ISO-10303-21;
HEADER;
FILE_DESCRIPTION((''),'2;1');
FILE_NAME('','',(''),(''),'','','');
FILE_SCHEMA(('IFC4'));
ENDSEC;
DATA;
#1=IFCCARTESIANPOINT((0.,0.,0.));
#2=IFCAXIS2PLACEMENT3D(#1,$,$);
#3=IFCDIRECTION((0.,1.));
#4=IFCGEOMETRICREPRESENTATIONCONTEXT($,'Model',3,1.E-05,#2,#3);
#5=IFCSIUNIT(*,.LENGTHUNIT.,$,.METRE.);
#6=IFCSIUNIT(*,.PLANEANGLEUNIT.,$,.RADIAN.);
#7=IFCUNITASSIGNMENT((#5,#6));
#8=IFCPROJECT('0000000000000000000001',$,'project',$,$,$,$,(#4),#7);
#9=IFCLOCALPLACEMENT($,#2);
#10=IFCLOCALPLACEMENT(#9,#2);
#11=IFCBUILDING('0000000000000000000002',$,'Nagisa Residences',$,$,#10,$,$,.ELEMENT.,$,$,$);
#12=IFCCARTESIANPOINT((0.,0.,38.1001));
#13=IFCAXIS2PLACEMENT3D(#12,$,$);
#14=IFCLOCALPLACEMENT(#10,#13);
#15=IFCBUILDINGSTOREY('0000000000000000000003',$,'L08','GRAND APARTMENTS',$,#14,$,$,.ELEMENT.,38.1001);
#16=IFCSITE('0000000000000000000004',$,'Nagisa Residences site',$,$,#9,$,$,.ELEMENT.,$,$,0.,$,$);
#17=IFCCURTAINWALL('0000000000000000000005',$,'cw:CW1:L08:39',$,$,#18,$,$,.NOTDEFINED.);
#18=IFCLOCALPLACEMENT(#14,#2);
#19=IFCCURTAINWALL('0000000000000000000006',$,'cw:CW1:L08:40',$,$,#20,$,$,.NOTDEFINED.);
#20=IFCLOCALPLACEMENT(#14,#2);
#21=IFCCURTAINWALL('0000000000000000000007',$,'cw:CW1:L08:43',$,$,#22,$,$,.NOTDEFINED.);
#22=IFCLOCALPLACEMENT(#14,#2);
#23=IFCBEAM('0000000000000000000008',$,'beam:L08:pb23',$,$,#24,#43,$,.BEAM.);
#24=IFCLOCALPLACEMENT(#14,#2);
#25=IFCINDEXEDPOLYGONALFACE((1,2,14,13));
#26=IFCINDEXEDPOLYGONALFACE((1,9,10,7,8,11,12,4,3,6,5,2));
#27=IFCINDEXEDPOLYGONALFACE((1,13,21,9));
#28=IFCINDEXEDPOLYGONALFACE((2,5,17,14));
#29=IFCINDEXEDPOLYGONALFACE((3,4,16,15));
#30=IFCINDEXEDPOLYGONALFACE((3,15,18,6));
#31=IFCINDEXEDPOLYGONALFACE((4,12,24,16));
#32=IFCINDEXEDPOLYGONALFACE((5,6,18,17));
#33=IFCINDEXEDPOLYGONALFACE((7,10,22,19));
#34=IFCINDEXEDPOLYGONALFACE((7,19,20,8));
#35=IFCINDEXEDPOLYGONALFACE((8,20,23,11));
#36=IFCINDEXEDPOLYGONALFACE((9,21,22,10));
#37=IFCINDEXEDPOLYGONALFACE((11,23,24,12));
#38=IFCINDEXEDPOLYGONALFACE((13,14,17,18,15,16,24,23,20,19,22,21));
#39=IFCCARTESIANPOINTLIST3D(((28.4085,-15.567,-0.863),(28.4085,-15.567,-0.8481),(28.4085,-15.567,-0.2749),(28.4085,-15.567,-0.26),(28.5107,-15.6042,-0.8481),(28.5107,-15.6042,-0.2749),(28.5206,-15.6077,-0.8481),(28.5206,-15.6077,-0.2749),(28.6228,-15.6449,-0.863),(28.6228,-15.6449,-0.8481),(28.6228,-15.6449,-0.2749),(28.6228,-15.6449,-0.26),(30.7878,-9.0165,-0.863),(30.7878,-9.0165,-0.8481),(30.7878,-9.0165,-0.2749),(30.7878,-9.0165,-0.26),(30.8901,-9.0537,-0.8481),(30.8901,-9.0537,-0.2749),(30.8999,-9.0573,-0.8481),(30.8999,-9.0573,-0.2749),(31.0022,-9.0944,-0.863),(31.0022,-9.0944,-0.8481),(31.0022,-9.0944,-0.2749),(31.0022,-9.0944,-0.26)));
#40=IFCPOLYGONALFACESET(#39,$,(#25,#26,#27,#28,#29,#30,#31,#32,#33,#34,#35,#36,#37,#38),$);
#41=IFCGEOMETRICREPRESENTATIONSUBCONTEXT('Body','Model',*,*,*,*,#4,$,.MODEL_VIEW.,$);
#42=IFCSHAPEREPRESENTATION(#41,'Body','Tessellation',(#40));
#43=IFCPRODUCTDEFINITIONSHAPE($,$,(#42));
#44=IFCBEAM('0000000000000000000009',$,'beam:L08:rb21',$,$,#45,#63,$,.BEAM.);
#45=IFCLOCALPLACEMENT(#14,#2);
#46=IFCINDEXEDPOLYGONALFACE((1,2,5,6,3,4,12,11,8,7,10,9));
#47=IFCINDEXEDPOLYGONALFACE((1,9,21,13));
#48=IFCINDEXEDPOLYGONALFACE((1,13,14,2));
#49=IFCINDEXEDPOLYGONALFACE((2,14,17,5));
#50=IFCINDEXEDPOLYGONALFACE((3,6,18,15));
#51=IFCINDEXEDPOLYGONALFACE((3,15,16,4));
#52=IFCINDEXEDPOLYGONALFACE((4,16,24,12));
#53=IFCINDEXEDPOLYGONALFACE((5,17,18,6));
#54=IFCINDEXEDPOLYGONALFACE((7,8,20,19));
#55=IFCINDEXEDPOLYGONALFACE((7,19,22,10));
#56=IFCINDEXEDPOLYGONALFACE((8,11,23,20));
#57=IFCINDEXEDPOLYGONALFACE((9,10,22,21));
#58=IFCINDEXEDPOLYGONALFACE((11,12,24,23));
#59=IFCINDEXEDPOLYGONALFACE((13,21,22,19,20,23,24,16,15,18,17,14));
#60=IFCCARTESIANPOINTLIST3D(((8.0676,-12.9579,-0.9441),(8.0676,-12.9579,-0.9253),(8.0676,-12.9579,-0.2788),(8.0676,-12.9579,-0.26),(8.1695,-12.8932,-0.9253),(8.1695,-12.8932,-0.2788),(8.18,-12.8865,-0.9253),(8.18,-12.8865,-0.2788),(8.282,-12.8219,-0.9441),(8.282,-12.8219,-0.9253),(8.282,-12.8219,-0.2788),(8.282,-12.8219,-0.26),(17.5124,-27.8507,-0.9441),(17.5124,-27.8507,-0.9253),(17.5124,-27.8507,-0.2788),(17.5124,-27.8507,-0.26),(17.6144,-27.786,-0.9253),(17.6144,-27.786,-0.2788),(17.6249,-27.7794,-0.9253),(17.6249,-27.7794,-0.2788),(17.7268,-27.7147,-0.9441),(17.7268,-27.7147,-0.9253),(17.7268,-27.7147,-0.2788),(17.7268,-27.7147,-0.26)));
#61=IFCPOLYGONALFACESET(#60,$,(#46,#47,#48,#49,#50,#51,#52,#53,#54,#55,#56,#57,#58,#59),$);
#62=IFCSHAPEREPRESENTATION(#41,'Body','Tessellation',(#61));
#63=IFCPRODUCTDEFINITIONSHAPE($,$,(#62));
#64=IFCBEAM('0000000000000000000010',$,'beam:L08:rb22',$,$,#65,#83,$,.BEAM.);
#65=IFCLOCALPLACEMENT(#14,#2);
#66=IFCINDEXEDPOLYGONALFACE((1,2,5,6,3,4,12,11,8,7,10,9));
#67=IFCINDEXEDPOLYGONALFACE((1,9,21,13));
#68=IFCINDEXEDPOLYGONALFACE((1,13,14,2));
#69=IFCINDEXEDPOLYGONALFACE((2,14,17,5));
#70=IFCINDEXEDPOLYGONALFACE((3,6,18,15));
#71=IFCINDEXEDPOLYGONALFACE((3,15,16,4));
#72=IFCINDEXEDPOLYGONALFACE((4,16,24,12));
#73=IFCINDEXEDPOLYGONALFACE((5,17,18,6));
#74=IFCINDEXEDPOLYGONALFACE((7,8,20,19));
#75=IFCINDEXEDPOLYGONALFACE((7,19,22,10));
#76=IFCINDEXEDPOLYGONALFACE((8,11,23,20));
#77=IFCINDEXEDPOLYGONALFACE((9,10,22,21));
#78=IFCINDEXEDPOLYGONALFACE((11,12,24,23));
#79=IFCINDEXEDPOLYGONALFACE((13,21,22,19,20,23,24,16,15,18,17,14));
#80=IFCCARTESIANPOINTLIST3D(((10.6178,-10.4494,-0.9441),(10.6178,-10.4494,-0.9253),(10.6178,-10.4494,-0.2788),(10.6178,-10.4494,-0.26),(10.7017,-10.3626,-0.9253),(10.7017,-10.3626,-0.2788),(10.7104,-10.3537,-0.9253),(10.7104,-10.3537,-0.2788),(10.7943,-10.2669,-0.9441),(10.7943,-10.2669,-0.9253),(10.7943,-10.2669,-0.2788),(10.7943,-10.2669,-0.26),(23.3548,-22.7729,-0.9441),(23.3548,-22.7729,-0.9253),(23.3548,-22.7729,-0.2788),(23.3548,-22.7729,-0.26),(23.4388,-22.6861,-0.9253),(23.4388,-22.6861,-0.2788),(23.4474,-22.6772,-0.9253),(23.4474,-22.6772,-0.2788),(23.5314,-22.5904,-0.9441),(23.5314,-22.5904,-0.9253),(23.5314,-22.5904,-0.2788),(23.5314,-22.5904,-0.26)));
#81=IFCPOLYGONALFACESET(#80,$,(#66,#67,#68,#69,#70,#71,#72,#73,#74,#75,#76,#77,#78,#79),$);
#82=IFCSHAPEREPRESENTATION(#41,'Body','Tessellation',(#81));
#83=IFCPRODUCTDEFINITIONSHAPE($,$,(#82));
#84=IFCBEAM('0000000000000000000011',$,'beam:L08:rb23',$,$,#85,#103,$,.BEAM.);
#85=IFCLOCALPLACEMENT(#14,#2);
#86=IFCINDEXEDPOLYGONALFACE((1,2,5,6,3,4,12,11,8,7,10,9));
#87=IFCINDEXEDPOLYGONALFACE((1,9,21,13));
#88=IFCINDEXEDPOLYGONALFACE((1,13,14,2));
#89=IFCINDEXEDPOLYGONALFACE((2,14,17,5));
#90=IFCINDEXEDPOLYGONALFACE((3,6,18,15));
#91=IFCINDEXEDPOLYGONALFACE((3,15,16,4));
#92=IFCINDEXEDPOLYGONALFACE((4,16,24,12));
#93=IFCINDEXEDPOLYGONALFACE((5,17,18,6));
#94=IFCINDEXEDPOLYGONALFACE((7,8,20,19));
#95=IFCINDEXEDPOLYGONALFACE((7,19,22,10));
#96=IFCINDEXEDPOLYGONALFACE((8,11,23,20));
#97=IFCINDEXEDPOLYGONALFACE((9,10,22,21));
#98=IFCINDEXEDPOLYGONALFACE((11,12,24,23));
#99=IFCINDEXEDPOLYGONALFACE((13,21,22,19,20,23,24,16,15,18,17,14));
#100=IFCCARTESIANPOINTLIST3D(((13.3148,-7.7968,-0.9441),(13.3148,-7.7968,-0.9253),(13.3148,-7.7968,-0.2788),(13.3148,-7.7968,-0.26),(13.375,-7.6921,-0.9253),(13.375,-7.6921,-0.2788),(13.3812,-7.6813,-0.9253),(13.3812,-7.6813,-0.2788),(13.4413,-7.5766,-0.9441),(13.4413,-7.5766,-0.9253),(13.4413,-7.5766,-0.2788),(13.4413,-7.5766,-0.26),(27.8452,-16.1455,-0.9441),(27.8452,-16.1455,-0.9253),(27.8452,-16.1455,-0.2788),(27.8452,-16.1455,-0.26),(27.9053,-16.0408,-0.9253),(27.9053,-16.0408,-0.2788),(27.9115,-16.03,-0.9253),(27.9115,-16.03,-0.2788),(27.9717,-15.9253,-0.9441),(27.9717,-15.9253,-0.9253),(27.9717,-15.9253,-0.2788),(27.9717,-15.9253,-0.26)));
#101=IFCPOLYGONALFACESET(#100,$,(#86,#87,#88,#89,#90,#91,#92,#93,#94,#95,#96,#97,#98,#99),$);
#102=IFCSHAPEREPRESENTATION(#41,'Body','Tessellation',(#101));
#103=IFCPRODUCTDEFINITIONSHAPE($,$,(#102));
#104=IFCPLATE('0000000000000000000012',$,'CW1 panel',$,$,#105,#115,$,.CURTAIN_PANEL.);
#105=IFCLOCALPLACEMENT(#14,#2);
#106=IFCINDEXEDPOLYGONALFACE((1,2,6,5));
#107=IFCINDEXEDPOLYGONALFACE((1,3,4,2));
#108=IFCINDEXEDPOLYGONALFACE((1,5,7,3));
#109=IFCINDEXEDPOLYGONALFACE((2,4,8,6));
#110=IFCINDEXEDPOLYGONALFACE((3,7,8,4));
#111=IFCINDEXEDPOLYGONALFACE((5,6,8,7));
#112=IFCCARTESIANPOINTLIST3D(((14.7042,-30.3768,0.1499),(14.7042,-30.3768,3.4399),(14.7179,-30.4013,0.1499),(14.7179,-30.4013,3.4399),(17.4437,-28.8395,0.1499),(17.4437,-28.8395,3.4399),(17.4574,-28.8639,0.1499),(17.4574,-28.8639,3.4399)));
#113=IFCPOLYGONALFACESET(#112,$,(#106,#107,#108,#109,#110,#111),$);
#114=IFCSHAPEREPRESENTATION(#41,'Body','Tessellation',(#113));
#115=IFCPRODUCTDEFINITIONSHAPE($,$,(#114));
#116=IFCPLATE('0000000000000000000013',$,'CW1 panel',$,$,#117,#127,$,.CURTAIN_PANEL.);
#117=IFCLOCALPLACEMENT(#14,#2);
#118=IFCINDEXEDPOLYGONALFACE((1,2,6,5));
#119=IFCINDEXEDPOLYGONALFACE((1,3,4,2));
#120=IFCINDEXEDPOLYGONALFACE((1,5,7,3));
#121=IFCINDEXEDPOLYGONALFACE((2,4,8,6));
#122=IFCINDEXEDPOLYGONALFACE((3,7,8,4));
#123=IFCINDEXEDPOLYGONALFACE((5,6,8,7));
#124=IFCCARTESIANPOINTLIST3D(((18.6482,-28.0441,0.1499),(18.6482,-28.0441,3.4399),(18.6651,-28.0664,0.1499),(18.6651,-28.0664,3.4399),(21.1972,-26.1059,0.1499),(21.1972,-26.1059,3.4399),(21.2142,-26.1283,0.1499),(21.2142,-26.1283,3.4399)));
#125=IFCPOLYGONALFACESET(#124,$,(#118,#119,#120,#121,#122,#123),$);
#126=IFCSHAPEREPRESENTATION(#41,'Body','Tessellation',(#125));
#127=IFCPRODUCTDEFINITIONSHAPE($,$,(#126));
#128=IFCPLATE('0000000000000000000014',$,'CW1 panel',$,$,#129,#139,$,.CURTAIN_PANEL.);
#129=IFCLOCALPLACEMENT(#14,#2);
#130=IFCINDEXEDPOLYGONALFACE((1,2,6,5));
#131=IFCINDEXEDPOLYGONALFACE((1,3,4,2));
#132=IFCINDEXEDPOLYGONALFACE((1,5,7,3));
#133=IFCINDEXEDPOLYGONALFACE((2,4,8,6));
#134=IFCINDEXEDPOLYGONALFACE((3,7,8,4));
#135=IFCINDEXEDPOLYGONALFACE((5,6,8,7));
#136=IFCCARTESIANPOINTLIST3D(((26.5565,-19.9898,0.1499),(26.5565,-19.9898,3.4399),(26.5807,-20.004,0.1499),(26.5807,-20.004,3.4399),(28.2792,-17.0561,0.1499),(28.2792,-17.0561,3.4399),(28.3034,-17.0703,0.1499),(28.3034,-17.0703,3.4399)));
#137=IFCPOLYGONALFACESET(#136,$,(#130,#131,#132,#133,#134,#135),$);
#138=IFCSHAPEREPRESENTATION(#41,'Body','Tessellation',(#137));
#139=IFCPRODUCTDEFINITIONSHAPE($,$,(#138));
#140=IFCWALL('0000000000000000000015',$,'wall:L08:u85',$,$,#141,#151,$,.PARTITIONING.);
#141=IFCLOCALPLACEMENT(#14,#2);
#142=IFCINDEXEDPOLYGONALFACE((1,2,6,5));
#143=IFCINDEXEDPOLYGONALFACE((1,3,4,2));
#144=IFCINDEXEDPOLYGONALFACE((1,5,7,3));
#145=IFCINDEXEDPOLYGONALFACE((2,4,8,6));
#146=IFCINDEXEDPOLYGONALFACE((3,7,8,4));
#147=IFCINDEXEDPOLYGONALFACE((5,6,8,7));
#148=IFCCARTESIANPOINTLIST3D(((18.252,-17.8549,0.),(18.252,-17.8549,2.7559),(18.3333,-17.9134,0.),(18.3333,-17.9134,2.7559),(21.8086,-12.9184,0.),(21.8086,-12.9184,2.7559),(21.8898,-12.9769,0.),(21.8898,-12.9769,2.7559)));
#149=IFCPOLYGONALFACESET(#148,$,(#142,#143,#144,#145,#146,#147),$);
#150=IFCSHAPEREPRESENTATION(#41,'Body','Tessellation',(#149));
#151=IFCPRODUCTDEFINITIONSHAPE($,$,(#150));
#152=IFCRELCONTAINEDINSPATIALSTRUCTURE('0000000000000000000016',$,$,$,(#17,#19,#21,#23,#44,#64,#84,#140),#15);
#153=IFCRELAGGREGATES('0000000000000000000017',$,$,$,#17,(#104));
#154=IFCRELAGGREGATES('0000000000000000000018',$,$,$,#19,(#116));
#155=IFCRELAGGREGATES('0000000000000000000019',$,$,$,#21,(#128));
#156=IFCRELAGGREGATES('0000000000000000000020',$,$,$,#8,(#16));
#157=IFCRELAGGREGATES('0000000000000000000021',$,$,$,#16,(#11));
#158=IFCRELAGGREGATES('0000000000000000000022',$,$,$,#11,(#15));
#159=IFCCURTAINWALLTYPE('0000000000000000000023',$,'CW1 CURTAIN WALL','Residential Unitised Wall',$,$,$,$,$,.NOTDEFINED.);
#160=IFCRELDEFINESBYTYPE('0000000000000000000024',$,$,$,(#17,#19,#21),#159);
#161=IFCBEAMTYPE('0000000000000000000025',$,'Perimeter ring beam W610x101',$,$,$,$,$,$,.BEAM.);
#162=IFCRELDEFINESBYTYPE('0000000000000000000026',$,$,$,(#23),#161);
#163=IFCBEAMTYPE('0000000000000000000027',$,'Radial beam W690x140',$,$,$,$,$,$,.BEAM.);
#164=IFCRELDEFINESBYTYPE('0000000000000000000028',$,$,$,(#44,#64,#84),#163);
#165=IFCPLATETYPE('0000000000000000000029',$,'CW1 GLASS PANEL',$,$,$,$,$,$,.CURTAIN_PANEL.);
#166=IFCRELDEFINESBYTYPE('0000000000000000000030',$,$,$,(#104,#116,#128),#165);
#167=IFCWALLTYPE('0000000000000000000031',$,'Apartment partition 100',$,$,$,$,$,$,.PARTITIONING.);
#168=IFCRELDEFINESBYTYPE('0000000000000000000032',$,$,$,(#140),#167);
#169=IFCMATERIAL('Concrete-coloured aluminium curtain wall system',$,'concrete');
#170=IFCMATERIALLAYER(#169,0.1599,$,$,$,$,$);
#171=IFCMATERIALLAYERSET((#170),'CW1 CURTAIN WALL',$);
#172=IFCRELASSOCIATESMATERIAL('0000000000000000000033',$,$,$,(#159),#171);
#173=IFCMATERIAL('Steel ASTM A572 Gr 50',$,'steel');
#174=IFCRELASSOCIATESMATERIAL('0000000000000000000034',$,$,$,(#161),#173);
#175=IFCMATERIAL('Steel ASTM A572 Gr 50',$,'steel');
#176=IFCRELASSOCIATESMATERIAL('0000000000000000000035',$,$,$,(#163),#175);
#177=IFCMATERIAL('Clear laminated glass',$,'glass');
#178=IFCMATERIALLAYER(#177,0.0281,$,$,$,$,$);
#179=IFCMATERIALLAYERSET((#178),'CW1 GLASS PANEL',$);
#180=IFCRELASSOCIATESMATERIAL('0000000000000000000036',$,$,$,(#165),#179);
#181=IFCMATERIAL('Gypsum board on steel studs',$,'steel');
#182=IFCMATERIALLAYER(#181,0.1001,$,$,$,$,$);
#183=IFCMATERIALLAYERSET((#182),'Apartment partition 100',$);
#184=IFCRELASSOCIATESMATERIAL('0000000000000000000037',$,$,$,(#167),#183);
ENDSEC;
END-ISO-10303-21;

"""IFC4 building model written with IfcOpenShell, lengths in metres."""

from ifc_helpers import new_model, si_unit, direction, frame, frame_2d, origin, origin_2d, place, context, subcontext, project, spatial, rectangle, i_section, extrude, material, layer, layer_set, material_profile, profile_set, type_object, element, aggregate, save


model = new_model("IFC4")

# Units and contexts
model_context = context("Model", 3, precision=1e-05, world=origin(), true_north=direction((0.0, 1.0)))
body_context = subcontext(model_context, "Body", "Model", "MODEL_VIEW")
ifc_project = project(units=[si_unit("LENGTHUNIT", "METRE"), si_unit("PLANEANGLEUNIT", "RADIAN")], contexts=[model_context])

# Site, building, storey
site_placement = place(None, origin())
site = spatial("IfcSite", under=ifc_project, at=site_placement, Name="Nagisa Residences site", CompositionType="ELEMENT", RefElevation=0.0)
building_placement = place(site_placement, origin())
building = spatial("IfcBuilding", under=site, at=building_placement, Name="Nagisa Residences", CompositionType="ELEMENT")
storey_placement = place(building_placement, frame((0.0, 0.0, 38.1001)))
storey = spatial("IfcBuildingStorey", under=building, at=storey_placement, Name="L08", Description="GRAND APARTMENTS", CompositionType="ELEMENT", Elevation=38.1001)

# Curtain walls
ifc_material_1 = material(Name="Concrete-coloured aluminium curtain wall system", Category="concrete")
ifc_layer_1 = layer(ifc_material_1, 0.1599)
ifc_layer_set_1 = layer_set([ifc_layer_1], Name="CW1 CURTAIN WALL")
curtain_wall_type = type_object("IfcCurtainWallType", Name="CW1 CURTAIN WALL", Description="Residential Unitised Wall", PredefinedType="NOTDEFINED", material=ifc_layer_set_1)
curtain_wall_1_placement = place(storey_placement, origin())
curtain_wall_1 = element("IfcCurtainWall", 1, at=curtain_wall_1_placement, inside=storey, type_object=curtain_wall_type, Name="cw:CW1:L08:39", PredefinedType="NOTDEFINED")
curtain_wall_2_placement = place(storey_placement, origin())
curtain_wall_2 = element("IfcCurtainWall", 2, at=curtain_wall_2_placement, inside=storey, type_object=curtain_wall_type, Name="cw:CW1:L08:40", PredefinedType="NOTDEFINED")
curtain_wall_3_placement = place(storey_placement, origin())
curtain_wall_3 = element("IfcCurtainWall", 3, at=curtain_wall_3_placement, inside=storey, type_object=curtain_wall_type, Name="cw:CW1:L08:43", PredefinedType="NOTDEFINED")

# Beams
ifc_material_2 = material(Name="Steel ASTM A572 Gr 50", Category="steel")
ifc_material_profile_1 = material_profile(ifc_material_2, i_section(OverallWidth=0.228, OverallDepth=0.603, WebThickness=0.0105, FlangeThickness=0.0149, at=origin_2d()), Name="W610x101")
ifc_profile_set_1 = profile_set([ifc_material_profile_1], Name="Steel ASTM A572 Gr 50")
beam_type_1 = type_object("IfcBeamType", Name="Perimeter ring beam W610x101", PredefinedType="BEAM", material=ifc_profile_set_1)
beam_1_placement = place(storey_placement, frame((28.5156, -15.606, -0.5615), z_axis=(0.341411, 0.939914, 0.0), x_axis=(-0.939914, 0.341411, 0.0)))
element("IfcBeam", 4, at=beam_1_placement, inside=storey, type_object=beam_type_1, Name="beam:L08:pb23", PredefinedType="BEAM", context=body_context, shape_type="SweptSolid", body=[
    extrude(i_section(OverallWidth=0.228, OverallDepth=0.603, WebThickness=0.0105, FlangeThickness=0.0149, at=origin_2d()), origin(), (0.0, 0.0, 1.0), 6.9692),
])
ifc_material_3 = material(Name="Steel ASTM A572 Gr 50", Category="steel")
ifc_material_profile_2 = material_profile(ifc_material_3, i_section(OverallWidth=0.2539, OverallDepth=0.6841, WebThickness=0.0125, FlangeThickness=0.0188, at=origin_2d()), Name="W690x140")
ifc_profile_set_2 = profile_set([ifc_material_profile_2], Name="Steel ASTM A572 Gr 50")
beam_type_2 = type_object("IfcBeamType", Name="Radial beam W690x140", PredefinedType="BEAM", material=ifc_profile_set_2)
beam_2_placement = place(storey_placement, frame((17.6196, -27.7827, -0.6021), z_axis=(-0.535566, 0.844493, 0.0), x_axis=(-0.844493, -0.535566, 0.0)))
element("IfcBeam", 5, at=beam_2_placement, inside=storey, type_object=beam_type_2, Name="beam:L08:rb21", PredefinedType="BEAM", context=body_context, shape_type="SweptSolid", body=[
    extrude(i_section(OverallWidth=0.2539, OverallDepth=0.6841, WebThickness=0.0125, FlangeThickness=0.0188, at=origin_2d()), origin(), (0.0, 0.0, 1.0), 17.6353),
])
beam_3_placement = place(storey_placement, frame((23.4431, -22.6816, -0.6021), z_axis=(-0.718678, 0.695343, 0.0), x_axis=(-0.695343, -0.718678, 0.0)))
element("IfcBeam", 6, at=beam_3_placement, inside=storey, type_object=beam_type_2, Name="beam:L08:rb22", PredefinedType="BEAM", context=body_context, shape_type="SweptSolid", body=[
    extrude(i_section(OverallWidth=0.2539, OverallDepth=0.6841, WebThickness=0.0125, FlangeThickness=0.0188, at=origin_2d()), origin(), (0.0, 0.0, 1.0), 17.7229),
])
beam_4_placement = place(storey_placement, frame((27.9084, -16.0354, -0.6021), z_axis=(-0.867068, 0.49819, 0.0), x_axis=(-0.49819, -0.867068, 0.0)))
element("IfcBeam", 7, at=beam_4_placement, inside=storey, type_object=beam_type_2, Name="beam:L08:rb23", PredefinedType="BEAM", context=body_context, shape_type="SweptSolid", body=[
    extrude(i_section(OverallWidth=0.2539, OverallDepth=0.6841, WebThickness=0.0125, FlangeThickness=0.0188, at=origin_2d()), origin(), (0.0, 0.0, 1.0), 16.7581),
])

# Plates
ifc_material_4 = material(Name="Clear laminated glass", Category="glass")
ifc_layer_2 = layer(ifc_material_4, 0.0281)
ifc_layer_set_2 = layer_set([ifc_layer_2], Name="CW1 GLASS PANEL")
plate_type = type_object("IfcPlateType", Name="CW1 GLASS PANEL", PredefinedType="CURTAIN_PANEL", material=ifc_layer_set_2)
plate_1_placement = place(storey_placement, frame((16.0808, -29.6204, 0.1499), z_axis=(0.0, 0.0, 1.0), x_axis=(0.872072, 0.489377, 0.0)))
plate_1 = element("IfcPlate", 8, at=plate_1_placement, type_object=plate_type, Name="CW1 panel", PredefinedType="CURTAIN_PANEL", context=body_context, shape_type="SweptSolid", body=[
    extrude(rectangle(XDim=3.1414, YDim=0.0281, at=origin_2d()), origin(), (0.0, 0.0, 1.0), 3.29),
])
aggregate(curtain_wall_1, [plate_1])
plate_2_placement = place(storey_placement, frame((19.9312, -27.0862, 0.1499), z_axis=(0.0, 0.0, 1.0), x_axis=(0.796031, 0.605255, 0.0)))
plate_2 = element("IfcPlate", 9, at=plate_2_placement, type_object=plate_type, Name="CW1 panel", PredefinedType="CURTAIN_PANEL", context=body_context, shape_type="SweptSolid", body=[
    extrude(rectangle(XDim=3.2021, YDim=0.0281, at=origin_2d()), origin(), (0.0, 0.0, 1.0), 3.29),
])
aggregate(curtain_wall_2, [plate_2])
plate_3_placement = place(storey_placement, frame((27.4299, -18.53, 0.1499), z_axis=(0.0, 0.0, 1.0), x_axis=(0.506349, 0.862329, 0.0)))
plate_3 = element("IfcPlate", 10, at=plate_3_placement, type_object=plate_type, Name="CW1 panel", PredefinedType="CURTAIN_PANEL", context=body_context, shape_type="SweptSolid", body=[
    extrude(rectangle(XDim=3.4021, YDim=0.0281, at=origin_2d()), origin(), (0.0, 0.0, 1.0), 3.29),
])
aggregate(curtain_wall_3, [plate_3])

# Wall
ifc_material_5 = material(Name="Gypsum board on steel studs", Category="steel")
ifc_layer_3 = layer(ifc_material_5, 0.1001)
ifc_layer_set_3 = layer_set([ifc_layer_3], Name="Apartment partition 100")
wall_type_1 = type_object("IfcWallType", Name="Apartment partition 100", PredefinedType="PARTITIONING", material=ifc_layer_set_3)
wall_1_placement = place(storey_placement, frame((18.2927, -17.884, 0.0), z_axis=(0.0, 0.0, 1.0), x_axis=(0.584558, 0.811352, 0.0)))
element("IfcWall", 11, at=wall_1_placement, inside=storey, type_object=wall_type_1, Name="wall:L08:u85", PredefinedType="PARTITIONING", context=body_context, shape_type="SweptSolid", body=[
    extrude(rectangle(XDim=6.0842, YDim=0.1001, at=frame_2d((3.042, 0.0))), origin(), (0.0, 0.0, 1.0), 2.7559),
])

save(model, "model.ifc")
